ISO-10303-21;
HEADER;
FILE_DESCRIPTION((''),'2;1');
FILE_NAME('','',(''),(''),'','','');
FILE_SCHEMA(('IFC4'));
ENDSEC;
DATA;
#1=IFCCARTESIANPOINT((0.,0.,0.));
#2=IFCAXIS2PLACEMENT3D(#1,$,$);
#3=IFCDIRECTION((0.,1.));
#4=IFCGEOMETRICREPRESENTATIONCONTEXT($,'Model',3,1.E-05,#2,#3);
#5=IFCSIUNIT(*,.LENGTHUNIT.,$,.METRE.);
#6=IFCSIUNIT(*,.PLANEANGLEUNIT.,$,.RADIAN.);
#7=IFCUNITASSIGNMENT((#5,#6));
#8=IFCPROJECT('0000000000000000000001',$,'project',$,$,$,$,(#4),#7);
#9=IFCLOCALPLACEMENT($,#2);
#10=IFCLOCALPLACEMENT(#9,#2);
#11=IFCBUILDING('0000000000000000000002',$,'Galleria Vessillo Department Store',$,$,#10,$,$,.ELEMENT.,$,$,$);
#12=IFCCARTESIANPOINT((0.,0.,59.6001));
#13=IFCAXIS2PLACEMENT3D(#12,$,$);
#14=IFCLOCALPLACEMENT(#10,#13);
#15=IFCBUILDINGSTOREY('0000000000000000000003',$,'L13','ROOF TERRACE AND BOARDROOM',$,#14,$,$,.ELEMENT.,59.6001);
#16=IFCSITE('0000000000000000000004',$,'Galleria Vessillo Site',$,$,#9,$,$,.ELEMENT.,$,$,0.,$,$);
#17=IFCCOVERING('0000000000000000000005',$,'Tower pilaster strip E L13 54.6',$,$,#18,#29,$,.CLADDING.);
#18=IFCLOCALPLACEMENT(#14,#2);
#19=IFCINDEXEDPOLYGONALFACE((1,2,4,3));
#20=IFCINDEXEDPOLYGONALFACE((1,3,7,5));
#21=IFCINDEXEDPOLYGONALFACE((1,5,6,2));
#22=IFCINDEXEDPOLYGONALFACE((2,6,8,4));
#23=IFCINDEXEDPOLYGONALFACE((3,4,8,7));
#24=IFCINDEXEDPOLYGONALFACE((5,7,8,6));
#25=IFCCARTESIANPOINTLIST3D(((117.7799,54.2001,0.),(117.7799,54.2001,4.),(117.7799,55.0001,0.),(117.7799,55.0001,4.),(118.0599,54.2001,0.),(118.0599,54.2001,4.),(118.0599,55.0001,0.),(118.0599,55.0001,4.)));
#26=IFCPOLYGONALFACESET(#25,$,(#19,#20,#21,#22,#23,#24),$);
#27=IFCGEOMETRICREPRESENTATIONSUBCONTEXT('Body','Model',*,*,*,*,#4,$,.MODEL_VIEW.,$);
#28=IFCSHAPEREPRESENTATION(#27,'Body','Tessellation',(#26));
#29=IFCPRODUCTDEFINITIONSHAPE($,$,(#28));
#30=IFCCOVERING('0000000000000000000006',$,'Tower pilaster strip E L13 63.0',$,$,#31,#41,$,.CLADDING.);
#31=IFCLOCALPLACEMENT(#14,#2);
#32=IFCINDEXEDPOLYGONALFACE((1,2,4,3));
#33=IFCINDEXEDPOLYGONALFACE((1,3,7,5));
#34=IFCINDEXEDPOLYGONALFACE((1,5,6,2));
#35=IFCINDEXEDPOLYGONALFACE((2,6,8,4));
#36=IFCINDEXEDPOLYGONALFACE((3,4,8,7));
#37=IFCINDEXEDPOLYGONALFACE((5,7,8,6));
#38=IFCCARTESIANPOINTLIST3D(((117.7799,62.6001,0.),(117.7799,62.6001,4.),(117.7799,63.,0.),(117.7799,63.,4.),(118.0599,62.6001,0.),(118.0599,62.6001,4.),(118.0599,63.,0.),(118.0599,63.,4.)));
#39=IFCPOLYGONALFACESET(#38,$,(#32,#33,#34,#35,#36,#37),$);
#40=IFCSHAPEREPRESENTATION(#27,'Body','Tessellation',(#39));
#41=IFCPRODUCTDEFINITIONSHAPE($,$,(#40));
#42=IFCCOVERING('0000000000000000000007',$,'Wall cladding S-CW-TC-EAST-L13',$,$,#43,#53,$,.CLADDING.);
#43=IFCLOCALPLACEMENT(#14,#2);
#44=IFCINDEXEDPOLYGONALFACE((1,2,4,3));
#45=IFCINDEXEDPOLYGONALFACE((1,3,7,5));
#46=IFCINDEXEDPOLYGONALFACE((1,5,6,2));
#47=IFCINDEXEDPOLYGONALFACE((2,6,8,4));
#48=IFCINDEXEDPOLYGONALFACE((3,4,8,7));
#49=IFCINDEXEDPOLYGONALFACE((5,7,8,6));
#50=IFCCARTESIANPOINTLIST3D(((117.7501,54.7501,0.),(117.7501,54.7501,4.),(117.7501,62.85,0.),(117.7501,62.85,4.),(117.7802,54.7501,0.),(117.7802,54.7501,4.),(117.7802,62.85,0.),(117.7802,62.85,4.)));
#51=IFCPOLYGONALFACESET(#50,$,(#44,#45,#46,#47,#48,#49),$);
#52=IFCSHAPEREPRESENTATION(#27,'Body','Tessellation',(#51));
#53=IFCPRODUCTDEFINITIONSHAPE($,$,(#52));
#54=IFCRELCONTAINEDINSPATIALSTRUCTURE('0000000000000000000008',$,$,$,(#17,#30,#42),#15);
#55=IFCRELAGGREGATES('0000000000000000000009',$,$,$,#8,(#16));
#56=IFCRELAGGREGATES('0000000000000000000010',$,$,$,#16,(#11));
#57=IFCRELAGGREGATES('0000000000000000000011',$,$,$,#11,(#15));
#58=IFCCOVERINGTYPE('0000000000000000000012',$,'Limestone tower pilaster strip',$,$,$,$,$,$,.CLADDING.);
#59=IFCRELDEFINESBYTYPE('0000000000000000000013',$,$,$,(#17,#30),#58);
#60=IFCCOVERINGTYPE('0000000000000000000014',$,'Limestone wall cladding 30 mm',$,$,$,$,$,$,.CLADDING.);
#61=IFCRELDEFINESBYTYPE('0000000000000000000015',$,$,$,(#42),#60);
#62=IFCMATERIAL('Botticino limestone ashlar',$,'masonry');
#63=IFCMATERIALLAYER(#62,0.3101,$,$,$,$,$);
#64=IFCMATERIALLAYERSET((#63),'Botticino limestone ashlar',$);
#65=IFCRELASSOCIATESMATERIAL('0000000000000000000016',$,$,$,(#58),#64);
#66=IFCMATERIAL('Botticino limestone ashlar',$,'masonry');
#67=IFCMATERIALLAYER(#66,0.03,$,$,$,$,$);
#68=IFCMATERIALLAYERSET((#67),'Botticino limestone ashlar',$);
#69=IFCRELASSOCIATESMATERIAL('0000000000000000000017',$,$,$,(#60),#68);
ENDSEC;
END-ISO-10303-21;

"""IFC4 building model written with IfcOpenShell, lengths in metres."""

from ifc_helpers import new_model, si_unit, direction, frame, origin, origin_2d, place, context, subcontext, project, spatial, rectangle, extrude, material, layer, layer_set, type_object, element, save


model = new_model("IFC4")

# Units and contexts
model_context = context("Model", 3, precision=1e-05, world=origin(), true_north=direction((0.0, 1.0)))
body_context = subcontext(model_context, "Body", "Model", "MODEL_VIEW")
ifc_project = project(units=[si_unit("LENGTHUNIT", "METRE"), si_unit("PLANEANGLEUNIT", "RADIAN")], contexts=[model_context])

# Site, building, storey
site_placement = place(None, origin())
site = spatial("IfcSite", under=ifc_project, at=site_placement, Name="Galleria Vessillo Site", CompositionType="ELEMENT", RefElevation=0.0)
building_placement = place(site_placement, origin())
building = spatial("IfcBuilding", under=site, at=building_placement, Name="Galleria Vessillo Department Store", CompositionType="ELEMENT")
storey_placement = place(building_placement, frame((0.0, 0.0, 59.6001)))
storey = spatial("IfcBuildingStorey", under=building, at=storey_placement, Name="L13", Description="ROOF TERRACE AND BOARDROOM", CompositionType="ELEMENT", Elevation=59.6001)

# Coverings
ifc_material_1 = material(Name="Botticino limestone ashlar", Category="masonry")
ifc_layer_1 = layer(ifc_material_1, 0.3101)
ifc_layer_set_1 = layer_set([ifc_layer_1], Name="Botticino limestone ashlar")
covering_type_1 = type_object("IfcCoveringType", Name="Limestone tower pilaster strip", PredefinedType="CLADDING", material=ifc_layer_set_1)
covering_1_placement = place(storey_placement, frame((117.9199, 54.6001, 0.0), z_axis=(0.0, 0.0, 1.0), x_axis=(1.0, 0.0, 0.0)))
element("IfcCovering", 1, at=covering_1_placement, inside=storey, type_object=covering_type_1, Name="Tower pilaster strip E L13 54.6", PredefinedType="CLADDING", context=body_context, shape_type="SweptSolid", body=[
    extrude(rectangle(XDim=0.28, YDim=0.8, at=origin_2d()), origin(), (0.0, 0.0, 1.0), 4.0),
])
covering_2_placement = place(storey_placement, frame((117.9199, 62.8, 0.0), z_axis=(0.0, 0.0, 1.0), x_axis=(1.0, 0.0, 0.0)))
element("IfcCovering", 2, at=covering_2_placement, inside=storey, type_object=covering_type_1, Name="Tower pilaster strip E L13 63.0", PredefinedType="CLADDING", context=body_context, shape_type="SweptSolid", body=[
    extrude(rectangle(XDim=0.28, YDim=0.3999, at=origin_2d()), origin(), (0.0, 0.0, 1.0), 4.0),
])
ifc_material_2 = material(Name="Botticino limestone ashlar", Category="masonry")
ifc_layer_2 = layer(ifc_material_2, 0.03)
ifc_layer_set_2 = layer_set([ifc_layer_2], Name="Botticino limestone ashlar")
covering_type_2 = type_object("IfcCoveringType", Name="Limestone wall cladding 30 mm", PredefinedType="CLADDING", material=ifc_layer_set_2)
covering_3_placement = place(storey_placement, frame((117.7651, 58.8, 0.0), z_axis=(0.0, 0.0, 1.0), x_axis=(1.0, 0.0, 0.0)))
element("IfcCovering", 3, at=covering_3_placement, inside=storey, type_object=covering_type_2, Name="Wall cladding S-CW-TC-EAST-L13", PredefinedType="CLADDING", context=body_context, shape_type="SweptSolid", body=[
    extrude(rectangle(XDim=0.03, YDim=8.0999, at=origin_2d()), origin(), (0.0, 0.0, 1.0), 4.0),
])

save(model, "model.ifc")
